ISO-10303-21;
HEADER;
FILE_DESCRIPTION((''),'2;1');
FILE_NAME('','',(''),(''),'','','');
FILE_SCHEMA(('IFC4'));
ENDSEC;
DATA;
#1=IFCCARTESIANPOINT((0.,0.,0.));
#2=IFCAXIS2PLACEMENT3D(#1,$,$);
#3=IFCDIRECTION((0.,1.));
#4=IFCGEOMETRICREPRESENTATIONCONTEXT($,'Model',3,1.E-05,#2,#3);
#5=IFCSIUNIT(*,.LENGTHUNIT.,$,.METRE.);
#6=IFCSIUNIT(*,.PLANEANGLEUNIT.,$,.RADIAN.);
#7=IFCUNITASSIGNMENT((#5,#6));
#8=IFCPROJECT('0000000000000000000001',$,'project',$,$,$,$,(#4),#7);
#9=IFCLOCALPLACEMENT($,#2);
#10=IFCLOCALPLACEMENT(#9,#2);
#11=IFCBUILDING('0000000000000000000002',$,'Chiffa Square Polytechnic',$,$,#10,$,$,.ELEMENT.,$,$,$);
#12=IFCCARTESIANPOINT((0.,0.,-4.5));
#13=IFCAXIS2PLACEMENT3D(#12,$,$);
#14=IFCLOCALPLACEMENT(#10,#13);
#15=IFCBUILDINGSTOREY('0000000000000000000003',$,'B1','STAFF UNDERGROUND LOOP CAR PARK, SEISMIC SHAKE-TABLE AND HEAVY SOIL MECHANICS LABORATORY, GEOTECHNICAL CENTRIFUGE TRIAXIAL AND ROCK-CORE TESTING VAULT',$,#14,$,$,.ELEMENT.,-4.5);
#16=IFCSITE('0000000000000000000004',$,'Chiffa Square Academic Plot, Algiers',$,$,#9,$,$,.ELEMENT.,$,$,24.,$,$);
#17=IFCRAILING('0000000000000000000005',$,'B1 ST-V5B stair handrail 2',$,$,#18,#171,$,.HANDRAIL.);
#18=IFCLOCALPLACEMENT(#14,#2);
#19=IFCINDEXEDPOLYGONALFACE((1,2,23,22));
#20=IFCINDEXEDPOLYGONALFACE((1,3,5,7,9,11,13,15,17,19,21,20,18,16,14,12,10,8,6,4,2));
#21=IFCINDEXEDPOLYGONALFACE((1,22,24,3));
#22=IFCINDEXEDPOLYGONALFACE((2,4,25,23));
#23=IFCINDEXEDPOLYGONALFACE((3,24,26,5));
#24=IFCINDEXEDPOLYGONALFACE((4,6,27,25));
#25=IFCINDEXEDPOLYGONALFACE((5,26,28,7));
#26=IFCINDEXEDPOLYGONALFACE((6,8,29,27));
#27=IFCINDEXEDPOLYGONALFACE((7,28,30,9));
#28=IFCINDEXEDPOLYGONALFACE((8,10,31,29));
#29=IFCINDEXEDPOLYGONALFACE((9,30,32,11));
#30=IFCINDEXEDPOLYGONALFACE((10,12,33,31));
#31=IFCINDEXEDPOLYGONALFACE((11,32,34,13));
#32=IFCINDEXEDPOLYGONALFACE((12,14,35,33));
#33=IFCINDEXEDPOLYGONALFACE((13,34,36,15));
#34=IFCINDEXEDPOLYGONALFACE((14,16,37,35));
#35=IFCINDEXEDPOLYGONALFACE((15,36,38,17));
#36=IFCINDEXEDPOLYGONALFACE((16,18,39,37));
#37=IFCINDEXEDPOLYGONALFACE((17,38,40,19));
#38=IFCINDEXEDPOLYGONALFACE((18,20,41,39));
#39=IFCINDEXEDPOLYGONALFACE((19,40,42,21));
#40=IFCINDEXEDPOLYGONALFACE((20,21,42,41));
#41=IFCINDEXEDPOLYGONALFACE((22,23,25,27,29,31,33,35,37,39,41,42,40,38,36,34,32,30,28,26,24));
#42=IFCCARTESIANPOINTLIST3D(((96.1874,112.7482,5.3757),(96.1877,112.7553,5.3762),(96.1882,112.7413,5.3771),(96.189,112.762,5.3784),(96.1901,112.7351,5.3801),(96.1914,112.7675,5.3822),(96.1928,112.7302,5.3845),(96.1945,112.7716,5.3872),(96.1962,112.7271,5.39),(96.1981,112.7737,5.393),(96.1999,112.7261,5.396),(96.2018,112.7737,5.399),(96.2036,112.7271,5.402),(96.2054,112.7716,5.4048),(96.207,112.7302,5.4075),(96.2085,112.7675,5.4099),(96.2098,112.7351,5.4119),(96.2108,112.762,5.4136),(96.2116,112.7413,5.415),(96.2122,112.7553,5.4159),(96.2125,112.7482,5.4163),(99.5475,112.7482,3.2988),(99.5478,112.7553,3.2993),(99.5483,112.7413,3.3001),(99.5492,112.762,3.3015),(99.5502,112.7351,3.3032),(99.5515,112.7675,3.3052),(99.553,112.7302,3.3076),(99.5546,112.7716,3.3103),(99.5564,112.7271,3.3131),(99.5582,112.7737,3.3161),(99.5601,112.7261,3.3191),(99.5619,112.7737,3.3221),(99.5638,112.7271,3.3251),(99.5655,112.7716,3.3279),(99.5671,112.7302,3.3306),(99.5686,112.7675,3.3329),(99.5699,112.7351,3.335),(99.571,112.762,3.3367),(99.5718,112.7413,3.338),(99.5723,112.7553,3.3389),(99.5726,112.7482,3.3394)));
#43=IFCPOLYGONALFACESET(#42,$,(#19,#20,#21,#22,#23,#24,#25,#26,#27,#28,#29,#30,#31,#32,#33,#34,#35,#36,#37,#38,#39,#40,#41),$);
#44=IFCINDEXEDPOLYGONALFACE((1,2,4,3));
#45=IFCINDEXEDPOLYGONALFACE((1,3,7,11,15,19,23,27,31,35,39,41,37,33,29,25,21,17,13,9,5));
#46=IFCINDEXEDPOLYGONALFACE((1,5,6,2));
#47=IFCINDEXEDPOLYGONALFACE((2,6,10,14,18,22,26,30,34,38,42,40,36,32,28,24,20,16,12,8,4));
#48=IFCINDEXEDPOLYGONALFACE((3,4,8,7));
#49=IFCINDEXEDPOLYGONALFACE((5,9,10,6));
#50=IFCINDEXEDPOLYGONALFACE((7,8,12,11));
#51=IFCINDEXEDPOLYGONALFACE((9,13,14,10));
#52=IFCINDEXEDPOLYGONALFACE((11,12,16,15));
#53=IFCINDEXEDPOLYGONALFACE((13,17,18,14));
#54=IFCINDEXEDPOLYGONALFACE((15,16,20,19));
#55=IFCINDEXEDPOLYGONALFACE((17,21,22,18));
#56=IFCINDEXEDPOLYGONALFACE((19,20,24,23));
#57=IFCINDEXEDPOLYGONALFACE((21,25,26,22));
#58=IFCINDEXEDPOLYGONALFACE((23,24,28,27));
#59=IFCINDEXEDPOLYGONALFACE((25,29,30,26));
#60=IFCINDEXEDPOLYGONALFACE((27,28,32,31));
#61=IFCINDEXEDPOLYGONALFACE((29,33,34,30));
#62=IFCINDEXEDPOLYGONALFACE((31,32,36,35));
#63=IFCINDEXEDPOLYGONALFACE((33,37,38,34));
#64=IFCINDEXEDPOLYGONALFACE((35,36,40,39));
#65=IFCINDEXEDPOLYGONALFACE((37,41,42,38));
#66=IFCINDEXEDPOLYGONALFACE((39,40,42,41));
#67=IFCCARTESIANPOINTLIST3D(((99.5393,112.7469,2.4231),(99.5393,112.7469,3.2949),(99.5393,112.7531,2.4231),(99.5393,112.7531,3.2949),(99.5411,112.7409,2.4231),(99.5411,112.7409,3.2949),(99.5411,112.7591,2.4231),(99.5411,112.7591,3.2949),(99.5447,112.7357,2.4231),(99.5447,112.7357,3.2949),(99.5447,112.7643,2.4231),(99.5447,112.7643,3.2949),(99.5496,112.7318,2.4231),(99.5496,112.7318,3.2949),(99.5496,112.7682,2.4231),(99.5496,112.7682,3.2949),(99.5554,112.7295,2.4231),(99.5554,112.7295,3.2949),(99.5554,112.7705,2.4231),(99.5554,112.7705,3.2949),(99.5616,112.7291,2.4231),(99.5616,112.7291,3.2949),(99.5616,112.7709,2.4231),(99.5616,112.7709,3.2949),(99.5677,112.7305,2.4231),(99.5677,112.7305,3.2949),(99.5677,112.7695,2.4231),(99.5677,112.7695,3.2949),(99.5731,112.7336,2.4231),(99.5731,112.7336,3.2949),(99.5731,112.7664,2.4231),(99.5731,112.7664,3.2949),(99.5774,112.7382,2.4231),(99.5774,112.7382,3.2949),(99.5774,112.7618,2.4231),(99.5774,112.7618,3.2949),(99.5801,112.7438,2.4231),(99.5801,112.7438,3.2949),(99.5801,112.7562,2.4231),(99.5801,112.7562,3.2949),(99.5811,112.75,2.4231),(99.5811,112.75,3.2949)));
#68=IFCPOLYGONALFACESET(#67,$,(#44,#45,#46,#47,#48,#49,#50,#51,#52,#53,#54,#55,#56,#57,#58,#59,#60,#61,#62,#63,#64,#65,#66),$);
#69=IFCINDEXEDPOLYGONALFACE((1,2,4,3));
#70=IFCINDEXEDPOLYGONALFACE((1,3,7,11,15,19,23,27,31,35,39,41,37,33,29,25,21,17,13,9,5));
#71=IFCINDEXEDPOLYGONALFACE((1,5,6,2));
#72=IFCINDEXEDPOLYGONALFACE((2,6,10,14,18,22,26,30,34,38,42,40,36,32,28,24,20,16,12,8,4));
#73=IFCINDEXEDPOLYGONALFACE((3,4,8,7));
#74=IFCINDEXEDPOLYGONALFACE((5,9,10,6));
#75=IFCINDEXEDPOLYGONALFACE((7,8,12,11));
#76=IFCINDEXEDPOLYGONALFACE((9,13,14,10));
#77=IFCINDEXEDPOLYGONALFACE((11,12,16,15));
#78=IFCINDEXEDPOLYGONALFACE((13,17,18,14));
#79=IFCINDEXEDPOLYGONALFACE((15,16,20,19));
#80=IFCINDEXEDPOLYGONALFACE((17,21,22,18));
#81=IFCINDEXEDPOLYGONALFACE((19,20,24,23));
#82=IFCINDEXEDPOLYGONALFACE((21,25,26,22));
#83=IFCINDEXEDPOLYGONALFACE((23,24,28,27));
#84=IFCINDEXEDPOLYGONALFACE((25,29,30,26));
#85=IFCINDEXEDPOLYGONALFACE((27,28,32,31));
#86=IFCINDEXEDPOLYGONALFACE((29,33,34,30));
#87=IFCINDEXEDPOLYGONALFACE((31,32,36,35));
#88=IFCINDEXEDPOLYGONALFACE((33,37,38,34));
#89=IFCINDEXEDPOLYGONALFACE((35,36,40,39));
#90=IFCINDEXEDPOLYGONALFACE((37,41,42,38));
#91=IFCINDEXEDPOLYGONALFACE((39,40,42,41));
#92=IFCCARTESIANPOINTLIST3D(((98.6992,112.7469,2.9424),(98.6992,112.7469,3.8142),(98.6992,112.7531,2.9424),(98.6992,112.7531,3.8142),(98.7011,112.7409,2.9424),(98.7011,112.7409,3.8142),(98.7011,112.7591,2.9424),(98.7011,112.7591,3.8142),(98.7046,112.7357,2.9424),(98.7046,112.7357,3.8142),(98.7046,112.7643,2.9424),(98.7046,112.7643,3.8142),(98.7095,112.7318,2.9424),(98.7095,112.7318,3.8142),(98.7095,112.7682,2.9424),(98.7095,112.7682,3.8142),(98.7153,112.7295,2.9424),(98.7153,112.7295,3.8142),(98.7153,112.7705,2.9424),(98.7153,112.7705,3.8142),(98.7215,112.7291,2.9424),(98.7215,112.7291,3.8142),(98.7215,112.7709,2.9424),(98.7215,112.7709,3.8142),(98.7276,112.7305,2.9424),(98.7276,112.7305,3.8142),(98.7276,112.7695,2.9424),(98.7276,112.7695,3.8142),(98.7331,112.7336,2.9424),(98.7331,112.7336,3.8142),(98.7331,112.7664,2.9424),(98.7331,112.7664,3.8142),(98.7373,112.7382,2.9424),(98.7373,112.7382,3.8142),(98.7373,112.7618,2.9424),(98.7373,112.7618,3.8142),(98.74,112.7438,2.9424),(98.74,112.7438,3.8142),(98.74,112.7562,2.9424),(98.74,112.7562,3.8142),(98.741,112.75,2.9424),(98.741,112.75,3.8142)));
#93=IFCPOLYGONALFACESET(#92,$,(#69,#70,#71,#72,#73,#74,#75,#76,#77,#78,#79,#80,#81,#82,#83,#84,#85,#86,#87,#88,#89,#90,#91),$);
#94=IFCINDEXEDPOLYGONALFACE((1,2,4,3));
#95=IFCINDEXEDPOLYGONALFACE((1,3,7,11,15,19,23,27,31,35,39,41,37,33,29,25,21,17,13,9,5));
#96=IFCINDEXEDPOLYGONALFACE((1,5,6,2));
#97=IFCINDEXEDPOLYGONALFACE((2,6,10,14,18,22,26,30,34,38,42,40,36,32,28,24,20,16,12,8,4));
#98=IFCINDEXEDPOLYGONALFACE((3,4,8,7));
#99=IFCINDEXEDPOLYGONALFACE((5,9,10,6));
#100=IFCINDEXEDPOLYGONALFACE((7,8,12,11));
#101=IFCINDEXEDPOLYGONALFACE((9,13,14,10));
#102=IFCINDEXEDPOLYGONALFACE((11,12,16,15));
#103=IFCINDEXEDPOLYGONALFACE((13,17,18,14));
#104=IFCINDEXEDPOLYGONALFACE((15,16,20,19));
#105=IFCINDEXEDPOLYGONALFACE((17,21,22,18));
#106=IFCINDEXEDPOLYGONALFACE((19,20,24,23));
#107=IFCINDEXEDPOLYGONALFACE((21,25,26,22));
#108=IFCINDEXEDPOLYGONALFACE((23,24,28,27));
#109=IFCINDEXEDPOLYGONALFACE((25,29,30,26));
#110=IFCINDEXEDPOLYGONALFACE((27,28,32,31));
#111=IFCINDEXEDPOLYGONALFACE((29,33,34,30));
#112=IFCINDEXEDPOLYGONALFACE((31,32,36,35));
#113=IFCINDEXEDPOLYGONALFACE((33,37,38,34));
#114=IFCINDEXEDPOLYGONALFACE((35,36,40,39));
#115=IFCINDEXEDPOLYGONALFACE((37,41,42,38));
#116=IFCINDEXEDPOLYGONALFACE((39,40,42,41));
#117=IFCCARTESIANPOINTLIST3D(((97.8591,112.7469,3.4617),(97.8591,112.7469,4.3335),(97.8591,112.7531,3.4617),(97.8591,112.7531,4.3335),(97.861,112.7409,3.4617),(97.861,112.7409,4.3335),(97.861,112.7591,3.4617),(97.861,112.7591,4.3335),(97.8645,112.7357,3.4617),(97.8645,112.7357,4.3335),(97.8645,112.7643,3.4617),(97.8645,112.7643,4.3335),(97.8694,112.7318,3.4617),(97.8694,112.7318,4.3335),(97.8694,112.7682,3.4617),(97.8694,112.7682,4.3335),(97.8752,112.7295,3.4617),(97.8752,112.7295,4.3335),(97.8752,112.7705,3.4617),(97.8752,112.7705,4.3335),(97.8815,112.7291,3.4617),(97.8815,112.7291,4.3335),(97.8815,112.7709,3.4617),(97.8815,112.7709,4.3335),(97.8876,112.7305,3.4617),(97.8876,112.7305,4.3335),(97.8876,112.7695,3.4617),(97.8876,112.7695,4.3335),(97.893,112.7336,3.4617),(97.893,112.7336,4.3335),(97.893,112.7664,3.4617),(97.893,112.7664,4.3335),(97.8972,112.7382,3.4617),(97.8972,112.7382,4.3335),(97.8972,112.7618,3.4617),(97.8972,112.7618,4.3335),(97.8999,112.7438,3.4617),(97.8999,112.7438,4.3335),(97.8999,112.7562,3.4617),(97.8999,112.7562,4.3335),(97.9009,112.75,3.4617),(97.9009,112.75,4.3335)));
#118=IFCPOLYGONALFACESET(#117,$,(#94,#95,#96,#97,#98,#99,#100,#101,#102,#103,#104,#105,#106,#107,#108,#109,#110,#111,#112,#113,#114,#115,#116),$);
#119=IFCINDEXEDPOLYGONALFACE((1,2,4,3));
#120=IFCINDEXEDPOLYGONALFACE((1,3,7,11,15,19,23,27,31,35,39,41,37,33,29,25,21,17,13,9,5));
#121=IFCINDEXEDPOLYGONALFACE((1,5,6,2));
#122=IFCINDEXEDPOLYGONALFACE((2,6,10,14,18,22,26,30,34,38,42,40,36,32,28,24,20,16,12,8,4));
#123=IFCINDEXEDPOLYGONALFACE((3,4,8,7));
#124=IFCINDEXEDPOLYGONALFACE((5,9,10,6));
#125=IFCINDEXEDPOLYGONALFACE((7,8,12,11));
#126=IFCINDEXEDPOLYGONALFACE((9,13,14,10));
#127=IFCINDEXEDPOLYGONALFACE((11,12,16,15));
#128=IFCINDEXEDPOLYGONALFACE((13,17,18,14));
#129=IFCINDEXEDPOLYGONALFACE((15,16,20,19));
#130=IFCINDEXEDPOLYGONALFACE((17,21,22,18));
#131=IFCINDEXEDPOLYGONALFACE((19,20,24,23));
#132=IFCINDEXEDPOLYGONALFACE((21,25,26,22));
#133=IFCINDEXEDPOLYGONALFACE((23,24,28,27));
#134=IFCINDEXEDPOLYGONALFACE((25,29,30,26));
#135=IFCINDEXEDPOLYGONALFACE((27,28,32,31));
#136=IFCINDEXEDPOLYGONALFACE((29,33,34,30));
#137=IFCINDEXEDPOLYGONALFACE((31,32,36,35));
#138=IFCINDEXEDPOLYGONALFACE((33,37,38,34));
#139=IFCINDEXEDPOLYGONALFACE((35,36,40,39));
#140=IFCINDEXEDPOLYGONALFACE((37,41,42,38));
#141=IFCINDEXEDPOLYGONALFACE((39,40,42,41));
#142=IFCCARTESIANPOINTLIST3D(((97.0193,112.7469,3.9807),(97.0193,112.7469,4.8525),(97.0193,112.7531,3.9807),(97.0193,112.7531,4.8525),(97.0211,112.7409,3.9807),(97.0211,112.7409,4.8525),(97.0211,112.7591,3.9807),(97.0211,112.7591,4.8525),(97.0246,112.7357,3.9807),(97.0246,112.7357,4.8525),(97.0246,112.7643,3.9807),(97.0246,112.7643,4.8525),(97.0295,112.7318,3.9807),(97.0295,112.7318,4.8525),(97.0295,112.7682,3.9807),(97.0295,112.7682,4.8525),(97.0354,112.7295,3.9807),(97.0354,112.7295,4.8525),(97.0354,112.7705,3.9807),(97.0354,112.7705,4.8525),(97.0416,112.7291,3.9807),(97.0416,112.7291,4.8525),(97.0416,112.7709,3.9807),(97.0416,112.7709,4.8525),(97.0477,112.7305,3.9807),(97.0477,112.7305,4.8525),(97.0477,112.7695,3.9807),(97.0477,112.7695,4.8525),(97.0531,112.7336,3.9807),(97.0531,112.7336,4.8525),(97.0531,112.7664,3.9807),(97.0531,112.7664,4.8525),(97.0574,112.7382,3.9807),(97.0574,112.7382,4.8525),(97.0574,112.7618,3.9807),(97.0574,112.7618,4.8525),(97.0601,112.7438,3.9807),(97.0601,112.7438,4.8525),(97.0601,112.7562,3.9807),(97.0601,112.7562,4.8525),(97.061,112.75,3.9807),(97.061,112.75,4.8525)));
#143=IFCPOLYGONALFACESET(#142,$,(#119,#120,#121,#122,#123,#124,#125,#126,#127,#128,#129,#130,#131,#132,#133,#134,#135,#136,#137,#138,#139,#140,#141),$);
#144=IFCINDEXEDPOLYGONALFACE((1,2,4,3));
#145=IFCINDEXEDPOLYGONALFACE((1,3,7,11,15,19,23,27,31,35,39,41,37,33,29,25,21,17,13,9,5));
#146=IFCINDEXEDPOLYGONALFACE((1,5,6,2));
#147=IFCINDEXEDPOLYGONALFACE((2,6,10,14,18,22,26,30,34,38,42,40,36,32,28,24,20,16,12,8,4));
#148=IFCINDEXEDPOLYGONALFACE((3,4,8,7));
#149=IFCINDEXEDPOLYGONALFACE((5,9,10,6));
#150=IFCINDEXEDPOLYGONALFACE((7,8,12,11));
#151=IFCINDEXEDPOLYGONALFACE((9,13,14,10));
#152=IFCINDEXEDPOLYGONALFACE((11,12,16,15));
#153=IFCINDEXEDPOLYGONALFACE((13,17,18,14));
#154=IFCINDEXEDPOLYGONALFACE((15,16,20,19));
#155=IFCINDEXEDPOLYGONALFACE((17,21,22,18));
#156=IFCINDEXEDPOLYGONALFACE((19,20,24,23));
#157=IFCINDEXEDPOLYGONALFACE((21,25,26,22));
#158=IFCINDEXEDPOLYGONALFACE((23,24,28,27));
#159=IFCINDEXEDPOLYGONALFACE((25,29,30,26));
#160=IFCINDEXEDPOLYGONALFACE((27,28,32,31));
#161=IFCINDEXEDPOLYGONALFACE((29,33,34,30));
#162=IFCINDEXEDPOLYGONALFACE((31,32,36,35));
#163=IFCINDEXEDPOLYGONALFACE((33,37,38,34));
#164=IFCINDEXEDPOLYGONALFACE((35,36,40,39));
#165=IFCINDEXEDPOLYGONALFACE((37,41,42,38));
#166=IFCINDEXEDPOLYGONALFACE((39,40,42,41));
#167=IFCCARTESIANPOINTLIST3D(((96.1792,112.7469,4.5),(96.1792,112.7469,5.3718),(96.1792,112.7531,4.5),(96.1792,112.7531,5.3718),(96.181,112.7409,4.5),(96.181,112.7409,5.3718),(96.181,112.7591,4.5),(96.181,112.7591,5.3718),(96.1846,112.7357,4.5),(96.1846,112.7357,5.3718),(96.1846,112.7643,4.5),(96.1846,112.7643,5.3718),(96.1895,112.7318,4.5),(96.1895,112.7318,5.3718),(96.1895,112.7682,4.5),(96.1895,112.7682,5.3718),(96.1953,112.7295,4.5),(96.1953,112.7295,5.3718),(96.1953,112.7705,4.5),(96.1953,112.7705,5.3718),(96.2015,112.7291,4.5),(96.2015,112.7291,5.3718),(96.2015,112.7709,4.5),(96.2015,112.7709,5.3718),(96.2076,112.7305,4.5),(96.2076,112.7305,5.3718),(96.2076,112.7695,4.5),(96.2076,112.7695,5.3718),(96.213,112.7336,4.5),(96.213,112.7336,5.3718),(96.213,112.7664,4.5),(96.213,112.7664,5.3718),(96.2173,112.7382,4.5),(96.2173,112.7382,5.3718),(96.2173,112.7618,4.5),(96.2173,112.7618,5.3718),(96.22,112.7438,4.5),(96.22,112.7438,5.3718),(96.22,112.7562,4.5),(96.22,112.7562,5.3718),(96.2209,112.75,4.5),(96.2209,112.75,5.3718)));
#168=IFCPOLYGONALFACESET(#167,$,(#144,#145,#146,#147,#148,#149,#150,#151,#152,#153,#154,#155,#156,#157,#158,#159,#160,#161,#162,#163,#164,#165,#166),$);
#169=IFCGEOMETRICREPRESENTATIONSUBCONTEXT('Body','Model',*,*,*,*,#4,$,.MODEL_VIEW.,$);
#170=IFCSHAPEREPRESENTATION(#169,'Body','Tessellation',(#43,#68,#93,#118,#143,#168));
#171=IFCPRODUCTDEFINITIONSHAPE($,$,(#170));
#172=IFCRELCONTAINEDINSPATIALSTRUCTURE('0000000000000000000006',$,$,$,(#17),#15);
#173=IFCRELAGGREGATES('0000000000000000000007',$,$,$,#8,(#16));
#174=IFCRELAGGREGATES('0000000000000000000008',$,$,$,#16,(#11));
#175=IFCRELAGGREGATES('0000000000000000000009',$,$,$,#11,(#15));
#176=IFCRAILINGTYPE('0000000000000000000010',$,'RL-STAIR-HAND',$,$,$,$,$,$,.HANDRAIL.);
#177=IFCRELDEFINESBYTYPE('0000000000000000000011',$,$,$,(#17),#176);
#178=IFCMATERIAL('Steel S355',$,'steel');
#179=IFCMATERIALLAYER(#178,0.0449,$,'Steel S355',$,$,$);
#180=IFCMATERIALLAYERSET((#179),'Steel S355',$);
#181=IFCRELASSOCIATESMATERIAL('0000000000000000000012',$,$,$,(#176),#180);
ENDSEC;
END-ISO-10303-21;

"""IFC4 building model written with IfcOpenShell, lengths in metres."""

from ifc_helpers import new_model, si_unit, direction, frame, origin, origin_2d, place, context, subcontext, project, spatial, circle, extrude, material, layer, layer_set, type_object, element, save


model = new_model("IFC4")

# Units and contexts
model_context = context("Model", 3, precision=1e-05, world=origin(), true_north=direction((0.0, 1.0)))
body_context = subcontext(model_context, "Body", "Model", "MODEL_VIEW")
ifc_project = project(units=[si_unit("LENGTHUNIT", "METRE"), si_unit("PLANEANGLEUNIT", "RADIAN")], contexts=[model_context])

# Site, building, storey
site_placement = place(None, origin())
site = spatial("IfcSite", under=ifc_project, at=site_placement, Name="Chiffa Square Academic Plot, Algiers", CompositionType="ELEMENT", RefElevation=24.0)
building_placement = place(site_placement, origin())
building = spatial("IfcBuilding", under=site, at=building_placement, Name="Chiffa Square Polytechnic", CompositionType="ELEMENT")
storey_placement = place(building_placement, frame((0.0, 0.0, -4.5)))
storey = spatial("IfcBuildingStorey", under=building, at=storey_placement, Name="B1", Description="STAFF UNDERGROUND LOOP CAR PARK, SEISMIC SHAKE-TABLE AND HEAVY SOIL MECHANICS LABORATORY, GEOTECHNICAL CENTRIFUGE TRIAXIAL AND ROCK-CORE TESTING VAULT", CompositionType="ELEMENT", Elevation=-4.5)

# Railing
ifc_material_1 = material(Name="Steel S355", Category="steel")
ifc_layer_1 = layer(ifc_material_1, 0.0449, Name="Steel S355")
ifc_layer_set_1 = layer_set([ifc_layer_1], Name="Steel S355")
railing_type_1 = type_object("IfcRailingType", Name="RL-STAIR-HAND", PredefinedType="HANDRAIL", material=ifc_layer_set_1)
railing_1_placement = place(storey_placement, frame((99.5601, 112.75, 2.4231)))
element("IfcRailing", 1, at=railing_1_placement, inside=storey, type_object=railing_type_1, Name="B1 ST-V5B stair handrail 2", PredefinedType="HANDRAIL", context=body_context, shape_type="SweptSolid", body=[
    extrude(circle(Radius=0.0239, at=origin_2d()), frame((0.0, 0.0, 0.896), z_axis=(-0.850623, 0.0, 0.525776), x_axis=(0.0, -1.0, 0.0)), (0.0, 0.0, 1.0), 3.9502),
    extrude(circle(Radius=0.021, at=origin_2d()), origin(), (0.0, 0.0, 1.0), 0.8718),
    extrude(circle(Radius=0.021, at=origin_2d()), frame((-0.8401, 0.0, 0.5193)), (0.0, 0.0, 1.0), 0.8718),
    extrude(circle(Radius=0.021, at=origin_2d()), frame((-1.6802, 0.0, 1.0386)), (0.0, 0.0, 1.0), 0.8718),
    extrude(circle(Radius=0.021, at=origin_2d()), frame((-2.52, 0.0, 1.5576)), (0.0, 0.0, 1.0), 0.8718),
    extrude(circle(Radius=0.021, at=origin_2d()), frame((-3.3601, 0.0, 2.0769)), (0.0, 0.0, 1.0), 0.8718),
])

save(model, "model.ifc")
